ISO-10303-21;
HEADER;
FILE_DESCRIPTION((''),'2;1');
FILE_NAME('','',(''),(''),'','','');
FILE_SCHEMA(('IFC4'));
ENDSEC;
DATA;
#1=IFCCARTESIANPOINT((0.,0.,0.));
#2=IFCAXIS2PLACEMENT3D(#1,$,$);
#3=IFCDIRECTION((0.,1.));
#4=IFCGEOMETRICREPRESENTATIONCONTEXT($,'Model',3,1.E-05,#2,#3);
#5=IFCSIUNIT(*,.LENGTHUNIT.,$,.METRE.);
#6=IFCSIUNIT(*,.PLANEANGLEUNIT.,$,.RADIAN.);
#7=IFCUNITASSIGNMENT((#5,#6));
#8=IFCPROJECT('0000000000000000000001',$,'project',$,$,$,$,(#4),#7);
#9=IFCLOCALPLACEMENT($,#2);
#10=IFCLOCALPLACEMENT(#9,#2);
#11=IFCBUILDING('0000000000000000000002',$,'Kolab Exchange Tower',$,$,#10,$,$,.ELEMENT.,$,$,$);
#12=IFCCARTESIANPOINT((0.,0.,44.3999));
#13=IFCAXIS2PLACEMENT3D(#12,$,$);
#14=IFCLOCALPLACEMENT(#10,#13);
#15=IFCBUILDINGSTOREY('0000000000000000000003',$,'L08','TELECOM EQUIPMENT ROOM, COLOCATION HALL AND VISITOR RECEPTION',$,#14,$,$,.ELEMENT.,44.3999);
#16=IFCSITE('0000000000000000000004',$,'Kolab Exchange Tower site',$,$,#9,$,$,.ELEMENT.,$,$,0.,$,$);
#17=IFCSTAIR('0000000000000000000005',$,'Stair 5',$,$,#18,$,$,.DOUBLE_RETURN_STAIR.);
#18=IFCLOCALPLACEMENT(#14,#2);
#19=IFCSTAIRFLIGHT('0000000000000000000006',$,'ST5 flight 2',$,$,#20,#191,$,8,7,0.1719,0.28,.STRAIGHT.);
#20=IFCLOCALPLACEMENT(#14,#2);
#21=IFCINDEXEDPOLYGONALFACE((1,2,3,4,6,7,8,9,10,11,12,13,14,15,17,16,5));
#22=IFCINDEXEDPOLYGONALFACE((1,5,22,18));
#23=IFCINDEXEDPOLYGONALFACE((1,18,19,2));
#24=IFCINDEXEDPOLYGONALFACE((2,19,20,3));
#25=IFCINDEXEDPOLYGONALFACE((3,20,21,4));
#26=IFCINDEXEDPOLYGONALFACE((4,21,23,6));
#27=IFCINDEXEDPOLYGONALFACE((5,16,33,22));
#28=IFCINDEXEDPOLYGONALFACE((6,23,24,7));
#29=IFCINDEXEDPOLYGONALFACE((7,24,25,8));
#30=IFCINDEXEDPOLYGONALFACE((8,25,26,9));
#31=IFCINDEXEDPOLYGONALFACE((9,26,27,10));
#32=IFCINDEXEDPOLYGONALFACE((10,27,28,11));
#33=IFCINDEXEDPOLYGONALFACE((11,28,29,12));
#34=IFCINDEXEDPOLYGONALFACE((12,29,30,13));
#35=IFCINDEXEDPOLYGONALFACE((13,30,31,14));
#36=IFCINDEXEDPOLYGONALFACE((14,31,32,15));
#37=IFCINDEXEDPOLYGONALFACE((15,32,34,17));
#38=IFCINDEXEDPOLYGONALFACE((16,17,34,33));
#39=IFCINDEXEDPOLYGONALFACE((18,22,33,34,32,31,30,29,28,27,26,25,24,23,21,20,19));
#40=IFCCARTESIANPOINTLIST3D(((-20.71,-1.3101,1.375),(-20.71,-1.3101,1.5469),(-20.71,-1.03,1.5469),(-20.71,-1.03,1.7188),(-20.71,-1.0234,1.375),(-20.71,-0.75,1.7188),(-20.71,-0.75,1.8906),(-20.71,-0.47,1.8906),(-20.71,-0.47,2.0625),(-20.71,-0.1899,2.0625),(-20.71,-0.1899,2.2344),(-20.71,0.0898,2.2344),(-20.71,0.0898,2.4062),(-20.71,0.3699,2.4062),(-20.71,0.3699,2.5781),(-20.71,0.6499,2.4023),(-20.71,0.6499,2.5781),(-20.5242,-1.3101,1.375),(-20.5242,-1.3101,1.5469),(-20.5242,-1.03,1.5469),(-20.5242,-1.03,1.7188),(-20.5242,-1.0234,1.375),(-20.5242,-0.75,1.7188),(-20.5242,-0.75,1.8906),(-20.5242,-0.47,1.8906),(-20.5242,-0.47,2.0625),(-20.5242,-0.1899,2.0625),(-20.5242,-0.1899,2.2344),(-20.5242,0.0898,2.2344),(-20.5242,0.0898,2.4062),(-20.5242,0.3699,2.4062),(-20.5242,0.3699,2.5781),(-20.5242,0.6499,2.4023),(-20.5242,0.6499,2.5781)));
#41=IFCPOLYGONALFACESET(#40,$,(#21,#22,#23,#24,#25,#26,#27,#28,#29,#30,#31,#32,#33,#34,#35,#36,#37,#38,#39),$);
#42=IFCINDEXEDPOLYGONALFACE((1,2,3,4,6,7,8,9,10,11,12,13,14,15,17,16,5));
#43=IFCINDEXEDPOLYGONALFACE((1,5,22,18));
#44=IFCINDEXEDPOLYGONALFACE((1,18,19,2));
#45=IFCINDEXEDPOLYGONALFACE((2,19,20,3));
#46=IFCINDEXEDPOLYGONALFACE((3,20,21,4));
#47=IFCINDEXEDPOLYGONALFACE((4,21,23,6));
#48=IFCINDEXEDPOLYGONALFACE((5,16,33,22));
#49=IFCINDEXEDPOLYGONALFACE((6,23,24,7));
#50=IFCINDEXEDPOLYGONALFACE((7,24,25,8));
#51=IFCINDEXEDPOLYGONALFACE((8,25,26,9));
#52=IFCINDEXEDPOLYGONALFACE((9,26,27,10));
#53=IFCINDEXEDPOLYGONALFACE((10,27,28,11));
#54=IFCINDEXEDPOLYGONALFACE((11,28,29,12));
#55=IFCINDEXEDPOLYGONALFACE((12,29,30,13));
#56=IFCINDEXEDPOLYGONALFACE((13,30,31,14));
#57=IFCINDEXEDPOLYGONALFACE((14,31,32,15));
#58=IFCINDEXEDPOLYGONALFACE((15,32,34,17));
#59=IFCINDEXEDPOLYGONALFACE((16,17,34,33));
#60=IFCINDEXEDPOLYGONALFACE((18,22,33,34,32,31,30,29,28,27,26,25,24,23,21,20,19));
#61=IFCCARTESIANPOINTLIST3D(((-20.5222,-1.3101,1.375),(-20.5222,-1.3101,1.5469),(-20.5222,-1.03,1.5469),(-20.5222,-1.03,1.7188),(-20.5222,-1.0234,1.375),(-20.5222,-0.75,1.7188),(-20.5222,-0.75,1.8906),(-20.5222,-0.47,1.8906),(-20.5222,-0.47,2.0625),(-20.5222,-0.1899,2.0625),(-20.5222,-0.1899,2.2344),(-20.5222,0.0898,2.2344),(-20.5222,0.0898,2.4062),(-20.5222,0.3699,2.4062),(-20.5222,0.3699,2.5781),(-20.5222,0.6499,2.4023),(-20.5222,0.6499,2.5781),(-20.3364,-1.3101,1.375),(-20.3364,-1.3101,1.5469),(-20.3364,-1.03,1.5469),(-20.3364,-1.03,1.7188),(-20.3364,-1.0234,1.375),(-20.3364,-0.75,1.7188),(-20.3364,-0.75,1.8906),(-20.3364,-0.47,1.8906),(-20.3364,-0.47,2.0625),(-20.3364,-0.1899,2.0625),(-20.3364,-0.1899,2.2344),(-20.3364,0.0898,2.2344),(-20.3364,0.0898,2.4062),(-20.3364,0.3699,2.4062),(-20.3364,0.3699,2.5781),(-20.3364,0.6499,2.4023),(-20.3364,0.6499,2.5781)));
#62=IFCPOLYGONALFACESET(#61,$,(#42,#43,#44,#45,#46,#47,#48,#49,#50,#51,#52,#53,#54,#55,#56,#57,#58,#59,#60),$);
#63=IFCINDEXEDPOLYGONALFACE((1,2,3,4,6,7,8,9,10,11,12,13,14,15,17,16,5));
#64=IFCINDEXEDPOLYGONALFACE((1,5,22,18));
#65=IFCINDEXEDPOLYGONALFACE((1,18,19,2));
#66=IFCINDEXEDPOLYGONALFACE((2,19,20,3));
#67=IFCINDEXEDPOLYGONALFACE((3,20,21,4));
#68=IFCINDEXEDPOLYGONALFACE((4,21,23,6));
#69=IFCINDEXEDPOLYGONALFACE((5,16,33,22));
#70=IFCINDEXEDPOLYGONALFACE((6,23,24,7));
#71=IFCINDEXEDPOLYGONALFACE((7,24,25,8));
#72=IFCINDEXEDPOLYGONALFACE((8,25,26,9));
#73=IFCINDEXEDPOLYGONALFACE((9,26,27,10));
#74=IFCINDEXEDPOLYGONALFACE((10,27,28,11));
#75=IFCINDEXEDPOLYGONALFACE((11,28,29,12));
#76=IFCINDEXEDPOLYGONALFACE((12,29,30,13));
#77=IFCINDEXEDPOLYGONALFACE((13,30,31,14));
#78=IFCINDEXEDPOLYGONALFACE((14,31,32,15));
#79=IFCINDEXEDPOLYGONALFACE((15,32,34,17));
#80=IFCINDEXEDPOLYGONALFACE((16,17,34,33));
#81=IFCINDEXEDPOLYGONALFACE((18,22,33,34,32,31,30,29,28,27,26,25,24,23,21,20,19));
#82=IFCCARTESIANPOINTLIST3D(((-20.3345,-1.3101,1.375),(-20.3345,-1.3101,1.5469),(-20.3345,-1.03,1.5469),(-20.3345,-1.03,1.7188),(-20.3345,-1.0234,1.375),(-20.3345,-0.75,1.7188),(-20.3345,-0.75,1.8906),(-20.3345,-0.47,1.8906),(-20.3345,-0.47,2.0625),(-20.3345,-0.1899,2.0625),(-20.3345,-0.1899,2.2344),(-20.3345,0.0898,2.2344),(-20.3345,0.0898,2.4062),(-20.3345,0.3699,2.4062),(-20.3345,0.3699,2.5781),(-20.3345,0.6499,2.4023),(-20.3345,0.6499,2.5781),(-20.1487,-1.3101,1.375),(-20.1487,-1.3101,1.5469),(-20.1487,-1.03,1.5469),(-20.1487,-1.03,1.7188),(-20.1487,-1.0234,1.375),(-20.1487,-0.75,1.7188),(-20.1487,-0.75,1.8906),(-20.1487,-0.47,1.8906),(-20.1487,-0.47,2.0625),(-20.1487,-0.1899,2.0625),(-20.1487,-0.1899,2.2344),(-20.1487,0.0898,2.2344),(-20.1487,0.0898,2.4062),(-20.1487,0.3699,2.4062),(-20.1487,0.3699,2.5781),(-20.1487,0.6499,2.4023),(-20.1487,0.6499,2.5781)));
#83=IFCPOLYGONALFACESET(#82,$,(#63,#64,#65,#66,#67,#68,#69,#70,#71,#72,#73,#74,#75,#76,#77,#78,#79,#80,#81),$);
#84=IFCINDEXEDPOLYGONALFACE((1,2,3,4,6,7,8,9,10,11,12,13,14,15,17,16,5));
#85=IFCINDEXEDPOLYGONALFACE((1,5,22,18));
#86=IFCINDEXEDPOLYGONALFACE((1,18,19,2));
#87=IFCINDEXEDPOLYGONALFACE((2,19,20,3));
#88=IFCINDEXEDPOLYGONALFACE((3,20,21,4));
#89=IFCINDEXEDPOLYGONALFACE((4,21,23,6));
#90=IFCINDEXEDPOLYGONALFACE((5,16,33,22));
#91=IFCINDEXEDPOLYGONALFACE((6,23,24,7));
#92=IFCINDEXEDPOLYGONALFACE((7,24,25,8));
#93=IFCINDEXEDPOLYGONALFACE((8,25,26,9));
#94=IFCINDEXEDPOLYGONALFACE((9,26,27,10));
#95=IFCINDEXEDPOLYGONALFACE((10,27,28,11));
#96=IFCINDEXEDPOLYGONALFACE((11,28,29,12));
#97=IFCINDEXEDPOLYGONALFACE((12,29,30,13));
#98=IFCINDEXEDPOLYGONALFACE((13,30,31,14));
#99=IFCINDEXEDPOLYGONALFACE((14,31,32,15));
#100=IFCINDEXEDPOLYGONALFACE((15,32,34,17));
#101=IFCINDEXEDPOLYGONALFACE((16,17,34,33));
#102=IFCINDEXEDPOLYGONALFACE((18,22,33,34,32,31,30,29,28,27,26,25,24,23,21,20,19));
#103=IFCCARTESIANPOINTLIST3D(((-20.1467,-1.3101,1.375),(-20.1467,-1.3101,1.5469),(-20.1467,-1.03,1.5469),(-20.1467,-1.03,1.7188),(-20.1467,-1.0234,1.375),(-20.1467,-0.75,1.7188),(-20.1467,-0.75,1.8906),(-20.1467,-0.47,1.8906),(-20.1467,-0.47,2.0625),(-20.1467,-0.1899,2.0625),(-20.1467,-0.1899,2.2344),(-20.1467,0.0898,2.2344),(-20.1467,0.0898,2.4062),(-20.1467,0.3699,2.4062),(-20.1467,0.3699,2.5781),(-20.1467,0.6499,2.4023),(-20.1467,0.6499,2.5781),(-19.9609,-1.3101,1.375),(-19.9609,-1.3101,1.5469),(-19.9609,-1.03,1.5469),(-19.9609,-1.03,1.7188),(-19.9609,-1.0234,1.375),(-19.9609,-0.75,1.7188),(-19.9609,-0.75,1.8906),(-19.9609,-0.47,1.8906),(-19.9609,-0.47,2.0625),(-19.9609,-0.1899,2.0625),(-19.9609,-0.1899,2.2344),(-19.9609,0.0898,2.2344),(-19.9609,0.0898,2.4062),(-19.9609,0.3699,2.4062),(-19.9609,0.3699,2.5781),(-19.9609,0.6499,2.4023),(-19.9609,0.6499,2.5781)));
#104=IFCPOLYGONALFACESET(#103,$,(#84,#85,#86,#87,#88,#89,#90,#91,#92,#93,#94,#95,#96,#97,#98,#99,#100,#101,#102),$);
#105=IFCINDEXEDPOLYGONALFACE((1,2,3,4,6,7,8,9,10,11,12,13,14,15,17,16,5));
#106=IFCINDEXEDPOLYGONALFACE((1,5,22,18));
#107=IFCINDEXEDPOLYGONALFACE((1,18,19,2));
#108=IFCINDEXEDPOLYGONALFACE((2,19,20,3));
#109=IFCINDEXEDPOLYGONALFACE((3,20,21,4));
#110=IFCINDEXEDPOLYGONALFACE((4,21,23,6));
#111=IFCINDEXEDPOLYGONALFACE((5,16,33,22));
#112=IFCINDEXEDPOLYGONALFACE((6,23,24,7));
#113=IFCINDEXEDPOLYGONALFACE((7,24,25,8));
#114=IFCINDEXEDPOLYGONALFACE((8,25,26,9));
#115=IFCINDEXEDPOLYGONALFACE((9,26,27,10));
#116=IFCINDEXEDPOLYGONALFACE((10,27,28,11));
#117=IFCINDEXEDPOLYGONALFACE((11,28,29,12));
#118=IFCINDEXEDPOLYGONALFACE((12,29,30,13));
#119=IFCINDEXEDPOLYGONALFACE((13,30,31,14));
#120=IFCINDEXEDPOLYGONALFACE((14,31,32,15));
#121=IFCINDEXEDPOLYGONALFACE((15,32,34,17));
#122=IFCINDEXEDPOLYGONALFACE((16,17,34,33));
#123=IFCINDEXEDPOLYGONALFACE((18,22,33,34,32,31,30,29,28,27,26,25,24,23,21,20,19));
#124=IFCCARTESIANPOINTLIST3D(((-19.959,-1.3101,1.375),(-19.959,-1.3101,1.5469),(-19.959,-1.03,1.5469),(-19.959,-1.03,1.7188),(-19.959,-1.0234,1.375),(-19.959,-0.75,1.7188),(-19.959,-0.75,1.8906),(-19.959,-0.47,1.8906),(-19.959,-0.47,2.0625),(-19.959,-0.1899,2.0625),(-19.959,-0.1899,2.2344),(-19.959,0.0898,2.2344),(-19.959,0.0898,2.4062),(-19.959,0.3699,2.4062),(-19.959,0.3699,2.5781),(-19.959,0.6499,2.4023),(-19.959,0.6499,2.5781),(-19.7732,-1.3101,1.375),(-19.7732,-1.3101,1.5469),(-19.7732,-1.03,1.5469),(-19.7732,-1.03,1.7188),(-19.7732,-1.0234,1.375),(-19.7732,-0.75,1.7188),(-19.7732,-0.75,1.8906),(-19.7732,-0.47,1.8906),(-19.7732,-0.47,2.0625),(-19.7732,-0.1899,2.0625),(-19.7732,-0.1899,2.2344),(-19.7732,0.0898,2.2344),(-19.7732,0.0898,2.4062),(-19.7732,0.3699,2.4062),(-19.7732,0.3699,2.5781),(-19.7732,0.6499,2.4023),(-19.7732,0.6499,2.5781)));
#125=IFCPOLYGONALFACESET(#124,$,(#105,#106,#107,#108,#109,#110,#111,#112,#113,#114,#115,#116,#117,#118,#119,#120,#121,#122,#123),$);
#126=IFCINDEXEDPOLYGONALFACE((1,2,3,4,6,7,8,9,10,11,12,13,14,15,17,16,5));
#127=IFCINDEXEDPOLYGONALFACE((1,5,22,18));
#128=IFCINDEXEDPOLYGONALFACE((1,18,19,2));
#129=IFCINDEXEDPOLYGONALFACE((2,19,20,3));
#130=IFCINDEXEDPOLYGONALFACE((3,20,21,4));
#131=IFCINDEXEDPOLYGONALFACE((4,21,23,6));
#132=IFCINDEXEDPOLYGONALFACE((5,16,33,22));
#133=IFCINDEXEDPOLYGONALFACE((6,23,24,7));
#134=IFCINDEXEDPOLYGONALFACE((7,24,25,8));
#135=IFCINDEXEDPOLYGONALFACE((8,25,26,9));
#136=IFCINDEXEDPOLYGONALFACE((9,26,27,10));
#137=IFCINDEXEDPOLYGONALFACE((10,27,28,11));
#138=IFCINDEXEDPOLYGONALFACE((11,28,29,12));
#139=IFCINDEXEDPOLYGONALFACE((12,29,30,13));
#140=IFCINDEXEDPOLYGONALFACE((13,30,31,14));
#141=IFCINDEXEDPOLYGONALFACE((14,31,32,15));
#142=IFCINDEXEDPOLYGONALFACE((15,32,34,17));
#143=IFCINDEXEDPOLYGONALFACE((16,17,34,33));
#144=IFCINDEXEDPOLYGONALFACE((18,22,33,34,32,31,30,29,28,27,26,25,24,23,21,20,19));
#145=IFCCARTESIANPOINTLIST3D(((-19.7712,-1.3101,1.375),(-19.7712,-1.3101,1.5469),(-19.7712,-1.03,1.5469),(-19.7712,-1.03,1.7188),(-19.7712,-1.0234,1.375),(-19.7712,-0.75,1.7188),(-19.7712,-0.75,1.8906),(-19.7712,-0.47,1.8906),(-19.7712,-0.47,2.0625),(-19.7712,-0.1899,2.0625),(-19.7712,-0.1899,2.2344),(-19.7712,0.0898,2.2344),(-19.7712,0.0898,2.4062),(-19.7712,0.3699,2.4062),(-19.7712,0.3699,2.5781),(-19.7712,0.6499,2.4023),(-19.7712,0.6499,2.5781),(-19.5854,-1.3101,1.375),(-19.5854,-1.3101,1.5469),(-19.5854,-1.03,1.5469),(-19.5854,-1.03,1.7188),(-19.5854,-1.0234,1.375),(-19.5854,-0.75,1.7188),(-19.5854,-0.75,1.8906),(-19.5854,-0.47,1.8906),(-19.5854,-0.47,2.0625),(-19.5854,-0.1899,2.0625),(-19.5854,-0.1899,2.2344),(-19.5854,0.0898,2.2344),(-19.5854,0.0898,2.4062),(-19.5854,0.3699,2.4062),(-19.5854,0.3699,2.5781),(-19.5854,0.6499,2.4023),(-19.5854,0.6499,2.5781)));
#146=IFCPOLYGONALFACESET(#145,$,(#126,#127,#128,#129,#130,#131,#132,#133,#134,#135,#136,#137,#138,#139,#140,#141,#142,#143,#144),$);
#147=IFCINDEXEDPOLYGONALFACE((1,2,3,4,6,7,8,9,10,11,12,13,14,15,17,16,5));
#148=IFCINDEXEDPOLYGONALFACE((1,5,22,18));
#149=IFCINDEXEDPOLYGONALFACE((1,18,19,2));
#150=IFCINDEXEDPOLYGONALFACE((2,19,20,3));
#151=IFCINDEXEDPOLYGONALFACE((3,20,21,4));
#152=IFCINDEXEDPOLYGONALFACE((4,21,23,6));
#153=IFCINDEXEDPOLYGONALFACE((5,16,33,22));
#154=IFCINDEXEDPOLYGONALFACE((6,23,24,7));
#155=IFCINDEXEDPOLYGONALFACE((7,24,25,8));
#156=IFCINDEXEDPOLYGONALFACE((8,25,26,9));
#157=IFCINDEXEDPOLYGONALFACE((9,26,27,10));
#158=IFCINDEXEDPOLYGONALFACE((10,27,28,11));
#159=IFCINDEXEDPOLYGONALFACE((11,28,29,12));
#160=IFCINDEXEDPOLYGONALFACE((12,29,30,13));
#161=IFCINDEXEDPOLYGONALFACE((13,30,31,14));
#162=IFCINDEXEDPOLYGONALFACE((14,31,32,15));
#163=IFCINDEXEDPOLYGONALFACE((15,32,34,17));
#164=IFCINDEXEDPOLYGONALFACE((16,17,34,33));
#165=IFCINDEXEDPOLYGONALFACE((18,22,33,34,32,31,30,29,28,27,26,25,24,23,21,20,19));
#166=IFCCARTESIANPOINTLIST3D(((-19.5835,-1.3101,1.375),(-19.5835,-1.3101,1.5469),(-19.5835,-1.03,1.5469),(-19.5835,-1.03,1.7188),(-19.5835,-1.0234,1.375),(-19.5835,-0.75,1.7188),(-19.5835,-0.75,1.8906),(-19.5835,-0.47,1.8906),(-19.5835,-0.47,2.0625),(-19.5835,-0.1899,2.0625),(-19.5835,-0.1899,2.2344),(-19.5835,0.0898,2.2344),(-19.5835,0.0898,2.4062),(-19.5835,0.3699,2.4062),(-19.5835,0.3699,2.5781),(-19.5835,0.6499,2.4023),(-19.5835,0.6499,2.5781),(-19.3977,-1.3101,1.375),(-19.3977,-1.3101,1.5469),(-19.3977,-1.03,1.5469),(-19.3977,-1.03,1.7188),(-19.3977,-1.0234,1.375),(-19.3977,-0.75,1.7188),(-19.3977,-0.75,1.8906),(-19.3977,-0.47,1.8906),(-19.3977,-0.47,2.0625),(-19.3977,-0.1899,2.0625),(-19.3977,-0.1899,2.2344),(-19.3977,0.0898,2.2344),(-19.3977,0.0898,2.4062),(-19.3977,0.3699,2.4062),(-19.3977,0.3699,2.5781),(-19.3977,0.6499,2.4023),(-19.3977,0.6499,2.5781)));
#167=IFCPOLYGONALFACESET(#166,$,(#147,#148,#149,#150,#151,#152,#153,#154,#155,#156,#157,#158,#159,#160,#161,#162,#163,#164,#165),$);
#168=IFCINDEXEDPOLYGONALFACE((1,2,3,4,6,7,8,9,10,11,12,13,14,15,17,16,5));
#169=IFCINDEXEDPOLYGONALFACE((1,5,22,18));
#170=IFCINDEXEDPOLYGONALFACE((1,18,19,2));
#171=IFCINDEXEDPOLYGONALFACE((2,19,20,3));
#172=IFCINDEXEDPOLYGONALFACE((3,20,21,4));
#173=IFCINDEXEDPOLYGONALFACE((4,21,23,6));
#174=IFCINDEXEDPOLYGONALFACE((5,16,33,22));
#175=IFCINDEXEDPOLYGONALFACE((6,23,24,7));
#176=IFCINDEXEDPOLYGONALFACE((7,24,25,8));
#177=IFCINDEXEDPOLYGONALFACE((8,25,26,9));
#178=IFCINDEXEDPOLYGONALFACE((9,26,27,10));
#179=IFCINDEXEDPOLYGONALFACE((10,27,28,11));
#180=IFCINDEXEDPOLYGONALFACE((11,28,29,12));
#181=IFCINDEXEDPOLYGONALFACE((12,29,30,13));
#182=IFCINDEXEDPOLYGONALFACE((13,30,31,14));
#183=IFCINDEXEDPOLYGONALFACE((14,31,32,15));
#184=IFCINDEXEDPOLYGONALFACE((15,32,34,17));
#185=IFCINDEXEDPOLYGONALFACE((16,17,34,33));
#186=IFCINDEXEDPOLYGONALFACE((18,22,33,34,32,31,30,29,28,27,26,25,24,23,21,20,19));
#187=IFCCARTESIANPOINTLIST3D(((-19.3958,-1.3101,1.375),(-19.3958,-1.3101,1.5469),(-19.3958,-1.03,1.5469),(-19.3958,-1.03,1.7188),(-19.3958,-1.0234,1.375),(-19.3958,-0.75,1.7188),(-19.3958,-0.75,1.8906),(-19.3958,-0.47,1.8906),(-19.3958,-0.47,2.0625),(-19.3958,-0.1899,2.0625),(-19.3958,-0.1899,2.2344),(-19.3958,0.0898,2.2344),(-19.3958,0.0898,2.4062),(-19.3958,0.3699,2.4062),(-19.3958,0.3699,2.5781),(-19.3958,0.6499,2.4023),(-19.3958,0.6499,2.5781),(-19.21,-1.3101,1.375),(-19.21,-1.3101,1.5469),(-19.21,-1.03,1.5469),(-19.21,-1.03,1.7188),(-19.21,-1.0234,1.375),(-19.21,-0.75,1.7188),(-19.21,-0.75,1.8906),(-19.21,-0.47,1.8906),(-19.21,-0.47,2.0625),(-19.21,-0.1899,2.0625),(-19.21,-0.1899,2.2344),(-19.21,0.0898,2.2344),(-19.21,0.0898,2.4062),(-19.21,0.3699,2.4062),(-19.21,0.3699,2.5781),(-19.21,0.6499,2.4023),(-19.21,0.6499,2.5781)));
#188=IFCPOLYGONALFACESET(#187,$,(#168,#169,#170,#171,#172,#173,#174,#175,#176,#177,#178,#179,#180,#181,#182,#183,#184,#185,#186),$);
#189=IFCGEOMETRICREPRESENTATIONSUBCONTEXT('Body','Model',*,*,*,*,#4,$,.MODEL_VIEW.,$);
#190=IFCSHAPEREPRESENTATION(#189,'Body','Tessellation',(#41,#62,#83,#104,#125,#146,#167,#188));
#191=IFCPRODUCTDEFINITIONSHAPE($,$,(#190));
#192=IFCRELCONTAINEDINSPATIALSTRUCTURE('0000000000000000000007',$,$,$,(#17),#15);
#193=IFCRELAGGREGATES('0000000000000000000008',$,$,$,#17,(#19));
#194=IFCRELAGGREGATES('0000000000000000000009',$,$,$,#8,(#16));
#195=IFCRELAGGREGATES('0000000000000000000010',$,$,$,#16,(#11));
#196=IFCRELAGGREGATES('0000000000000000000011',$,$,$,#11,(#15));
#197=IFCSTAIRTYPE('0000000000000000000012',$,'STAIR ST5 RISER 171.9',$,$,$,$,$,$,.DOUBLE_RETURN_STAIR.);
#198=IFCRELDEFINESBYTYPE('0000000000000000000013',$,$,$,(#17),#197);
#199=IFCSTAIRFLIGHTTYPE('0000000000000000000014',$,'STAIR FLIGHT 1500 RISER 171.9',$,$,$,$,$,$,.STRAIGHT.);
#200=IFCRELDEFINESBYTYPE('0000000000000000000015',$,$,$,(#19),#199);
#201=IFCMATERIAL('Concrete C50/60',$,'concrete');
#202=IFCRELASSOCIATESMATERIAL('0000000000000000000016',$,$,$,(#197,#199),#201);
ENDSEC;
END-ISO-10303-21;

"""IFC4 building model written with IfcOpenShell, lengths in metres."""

from ifc_helpers import new_model, si_unit, direction, frame, origin, place, context, subcontext, project, spatial, polyline, outline, extrude, material, type_object, element, aggregate, save


model = new_model("IFC4")

# Units and contexts
model_context = context("Model", 3, precision=1e-05, world=origin(), true_north=direction((0.0, 1.0)))
body_context = subcontext(model_context, "Body", "Model", "MODEL_VIEW")
ifc_project = project(units=[si_unit("LENGTHUNIT", "METRE"), si_unit("PLANEANGLEUNIT", "RADIAN")], contexts=[model_context])

# Site, building, storey
site_placement = place(None, origin())
site = spatial("IfcSite", under=ifc_project, at=site_placement, Name="Kolab Exchange Tower site", CompositionType="ELEMENT", RefElevation=0.0)
building_placement = place(site_placement, origin())
building = spatial("IfcBuilding", under=site, at=building_placement, Name="Kolab Exchange Tower", CompositionType="ELEMENT")
storey_placement = place(building_placement, frame((0.0, 0.0, 44.3999)))
storey = spatial("IfcBuildingStorey", under=building, at=storey_placement, Name="L08", Description="TELECOM EQUIPMENT ROOM, COLOCATION HALL AND VISITOR RECEPTION", CompositionType="ELEMENT", Elevation=44.3999)

# Shared definitions
ifc_material_1 = material(Name="Concrete C50/60", Category="concrete")

# Stair, stair flight
stair_type = type_object("IfcStairType", Name="STAIR ST5 RISER 171.9", PredefinedType="DOUBLE_RETURN_STAIR", material=ifc_material_1)
stair_placement = place(storey_placement, origin())
stair = element("IfcStair", 1, at=stair_placement, inside=storey, type_object=stair_type, Name="Stair 5", PredefinedType="DOUBLE_RETURN_STAIR")
stair_flight_type = type_object("IfcStairFlightType", Name="STAIR FLIGHT 1500 RISER 171.9", PredefinedType="STRAIGHT", material=ifc_material_1)
stair_flight_1_placement = place(storey_placement, frame((-19.96, -1.3101, 1.375), z_axis=(0.0, 0.0, 1.0), x_axis=(0.0, 1.0, 0.0)))
stair_flight_1 = element("IfcStairFlight", 2, at=stair_flight_1_placement, type_object=stair_flight_type, Name="ST5 flight 2", NumberOfRisers=8, NumberOfTreads=7, PredefinedType="STRAIGHT", RiserHeight=0.1719, TreadLength=0.28, context=body_context, shape_type="SweptSolid", body=[
    extrude(outline(polyline([(0.0, 0.0), (0.0, 0.1719), (0.28, 0.1719), (0.28, 0.3438), (0.5601, 0.3438), (0.5601, 0.5156), (0.8401, 0.5156), (0.8401, 0.6875), (1.1201, 0.6875), (1.1201, 0.8594), (1.3999, 0.8594), (1.3999, 1.0312), (1.6799, 1.0312), (1.6799, 1.2031), (1.96, 1.2031), (1.96, 1.375), (1.96, 1.0273), (0.2866, 0.0), (0.0, 0.0)])), frame((0.0, 0.75, 0.0), z_axis=(0.0, -1.0, 0.0), x_axis=(1.0, 0.0, 0.0)), (0.0, 0.0, 1.0), 0.1858),
    extrude(outline(polyline([(0.0, 0.0), (0.0, 0.1719), (0.28, 0.1719), (0.28, 0.3438), (0.5601, 0.3438), (0.5601, 0.5156), (0.8401, 0.5156), (0.8401, 0.6875), (1.1201, 0.6875), (1.1201, 0.8594), (1.3999, 0.8594), (1.3999, 1.0312), (1.6799, 1.0312), (1.6799, 1.2031), (1.96, 1.2031), (1.96, 1.375), (1.96, 1.0273), (0.2866, 0.0), (0.0, 0.0)])), frame((0.0, 0.5623, 0.0), z_axis=(0.0, -1.0, 0.0), x_axis=(1.0, 0.0, 0.0)), (0.0, 0.0, 1.0), 0.1858),
    extrude(outline(polyline([(0.0, 0.0), (0.0, 0.1719), (0.28, 0.1719), (0.28, 0.3438), (0.5601, 0.3438), (0.5601, 0.5156), (0.8401, 0.5156), (0.8401, 0.6875), (1.1201, 0.6875), (1.1201, 0.8594), (1.3999, 0.8594), (1.3999, 1.0312), (1.6799, 1.0312), (1.6799, 1.2031), (1.96, 1.2031), (1.96, 1.375), (1.96, 1.0273), (0.2866, 0.0), (0.0, 0.0)])), frame((0.0, 0.3745, 0.0), z_axis=(0.0, -1.0, 0.0), x_axis=(1.0, 0.0, 0.0)), (0.0, 0.0, 1.0), 0.1858),
    extrude(outline(polyline([(0.0, 0.0), (0.0, 0.1719), (0.28, 0.1719), (0.28, 0.3438), (0.5601, 0.3438), (0.5601, 0.5156), (0.8401, 0.5156), (0.8401, 0.6875), (1.1201, 0.6875), (1.1201, 0.8594), (1.3999, 0.8594), (1.3999, 1.0312), (1.6799, 1.0312), (1.6799, 1.2031), (1.96, 1.2031), (1.96, 1.375), (1.96, 1.0273), (0.2866, 0.0), (0.0, 0.0)])), frame((0.0, 0.1868, 0.0), z_axis=(0.0, -1.0, 0.0), x_axis=(1.0, 0.0, 0.0)), (0.0, 0.0, 1.0), 0.1858),
    extrude(outline(polyline([(0.0, 0.0), (0.0, 0.1719), (0.28, 0.1719), (0.28, 0.3438), (0.5601, 0.3438), (0.5601, 0.5156), (0.8401, 0.5156), (0.8401, 0.6875), (1.1201, 0.6875), (1.1201, 0.8594), (1.3999, 0.8594), (1.3999, 1.0312), (1.6799, 1.0312), (1.6799, 1.2031), (1.96, 1.2031), (1.96, 1.375), (1.96, 1.0273), (0.2866, 0.0), (0.0, 0.0)])), frame((0.0, -0.001, 0.0), z_axis=(0.0, -1.0, 0.0), x_axis=(1.0, 0.0, 0.0)), (0.0, 0.0, 1.0), 0.1858),
    extrude(outline(polyline([(0.0, 0.0), (0.0, 0.1719), (0.28, 0.1719), (0.28, 0.3438), (0.5601, 0.3438), (0.5601, 0.5156), (0.8401, 0.5156), (0.8401, 0.6875), (1.1201, 0.6875), (1.1201, 0.8594), (1.3999, 0.8594), (1.3999, 1.0312), (1.6799, 1.0312), (1.6799, 1.2031), (1.96, 1.2031), (1.96, 1.375), (1.96, 1.0273), (0.2866, 0.0), (0.0, 0.0)])), frame((0.0, -0.1887, 0.0), z_axis=(0.0, -1.0, 0.0), x_axis=(1.0, 0.0, 0.0)), (0.0, 0.0, 1.0), 0.1858),
    extrude(outline(polyline([(0.0, 0.0), (0.0, 0.1719), (0.28, 0.1719), (0.28, 0.3438), (0.5601, 0.3438), (0.5601, 0.5156), (0.8401, 0.5156), (0.8401, 0.6875), (1.1201, 0.6875), (1.1201, 0.8594), (1.3999, 0.8594), (1.3999, 1.0312), (1.6799, 1.0312), (1.6799, 1.2031), (1.96, 1.2031), (1.96, 1.375), (1.96, 1.0273), (0.2866, 0.0), (0.0, 0.0)])), frame((0.0, -0.3765, 0.0), z_axis=(0.0, -1.0, 0.0), x_axis=(1.0, 0.0, 0.0)), (0.0, 0.0, 1.0), 0.1858),
    extrude(outline(polyline([(0.0, 0.0), (0.0, 0.1719), (0.28, 0.1719), (0.28, 0.3438), (0.5601, 0.3438), (0.5601, 0.5156), (0.8401, 0.5156), (0.8401, 0.6875), (1.1201, 0.6875), (1.1201, 0.8594), (1.3999, 0.8594), (1.3999, 1.0312), (1.6799, 1.0312), (1.6799, 1.2031), (1.96, 1.2031), (1.96, 1.375), (1.96, 1.0273), (0.2866, 0.0), (0.0, 0.0)])), frame((0.0, -0.5642, 0.0), z_axis=(0.0, -1.0, 0.0), x_axis=(1.0, 0.0, 0.0)), (0.0, 0.0, 1.0), 0.1858),
])
aggregate(stair, [stair_flight_1])

save(model, "model.ifc")
